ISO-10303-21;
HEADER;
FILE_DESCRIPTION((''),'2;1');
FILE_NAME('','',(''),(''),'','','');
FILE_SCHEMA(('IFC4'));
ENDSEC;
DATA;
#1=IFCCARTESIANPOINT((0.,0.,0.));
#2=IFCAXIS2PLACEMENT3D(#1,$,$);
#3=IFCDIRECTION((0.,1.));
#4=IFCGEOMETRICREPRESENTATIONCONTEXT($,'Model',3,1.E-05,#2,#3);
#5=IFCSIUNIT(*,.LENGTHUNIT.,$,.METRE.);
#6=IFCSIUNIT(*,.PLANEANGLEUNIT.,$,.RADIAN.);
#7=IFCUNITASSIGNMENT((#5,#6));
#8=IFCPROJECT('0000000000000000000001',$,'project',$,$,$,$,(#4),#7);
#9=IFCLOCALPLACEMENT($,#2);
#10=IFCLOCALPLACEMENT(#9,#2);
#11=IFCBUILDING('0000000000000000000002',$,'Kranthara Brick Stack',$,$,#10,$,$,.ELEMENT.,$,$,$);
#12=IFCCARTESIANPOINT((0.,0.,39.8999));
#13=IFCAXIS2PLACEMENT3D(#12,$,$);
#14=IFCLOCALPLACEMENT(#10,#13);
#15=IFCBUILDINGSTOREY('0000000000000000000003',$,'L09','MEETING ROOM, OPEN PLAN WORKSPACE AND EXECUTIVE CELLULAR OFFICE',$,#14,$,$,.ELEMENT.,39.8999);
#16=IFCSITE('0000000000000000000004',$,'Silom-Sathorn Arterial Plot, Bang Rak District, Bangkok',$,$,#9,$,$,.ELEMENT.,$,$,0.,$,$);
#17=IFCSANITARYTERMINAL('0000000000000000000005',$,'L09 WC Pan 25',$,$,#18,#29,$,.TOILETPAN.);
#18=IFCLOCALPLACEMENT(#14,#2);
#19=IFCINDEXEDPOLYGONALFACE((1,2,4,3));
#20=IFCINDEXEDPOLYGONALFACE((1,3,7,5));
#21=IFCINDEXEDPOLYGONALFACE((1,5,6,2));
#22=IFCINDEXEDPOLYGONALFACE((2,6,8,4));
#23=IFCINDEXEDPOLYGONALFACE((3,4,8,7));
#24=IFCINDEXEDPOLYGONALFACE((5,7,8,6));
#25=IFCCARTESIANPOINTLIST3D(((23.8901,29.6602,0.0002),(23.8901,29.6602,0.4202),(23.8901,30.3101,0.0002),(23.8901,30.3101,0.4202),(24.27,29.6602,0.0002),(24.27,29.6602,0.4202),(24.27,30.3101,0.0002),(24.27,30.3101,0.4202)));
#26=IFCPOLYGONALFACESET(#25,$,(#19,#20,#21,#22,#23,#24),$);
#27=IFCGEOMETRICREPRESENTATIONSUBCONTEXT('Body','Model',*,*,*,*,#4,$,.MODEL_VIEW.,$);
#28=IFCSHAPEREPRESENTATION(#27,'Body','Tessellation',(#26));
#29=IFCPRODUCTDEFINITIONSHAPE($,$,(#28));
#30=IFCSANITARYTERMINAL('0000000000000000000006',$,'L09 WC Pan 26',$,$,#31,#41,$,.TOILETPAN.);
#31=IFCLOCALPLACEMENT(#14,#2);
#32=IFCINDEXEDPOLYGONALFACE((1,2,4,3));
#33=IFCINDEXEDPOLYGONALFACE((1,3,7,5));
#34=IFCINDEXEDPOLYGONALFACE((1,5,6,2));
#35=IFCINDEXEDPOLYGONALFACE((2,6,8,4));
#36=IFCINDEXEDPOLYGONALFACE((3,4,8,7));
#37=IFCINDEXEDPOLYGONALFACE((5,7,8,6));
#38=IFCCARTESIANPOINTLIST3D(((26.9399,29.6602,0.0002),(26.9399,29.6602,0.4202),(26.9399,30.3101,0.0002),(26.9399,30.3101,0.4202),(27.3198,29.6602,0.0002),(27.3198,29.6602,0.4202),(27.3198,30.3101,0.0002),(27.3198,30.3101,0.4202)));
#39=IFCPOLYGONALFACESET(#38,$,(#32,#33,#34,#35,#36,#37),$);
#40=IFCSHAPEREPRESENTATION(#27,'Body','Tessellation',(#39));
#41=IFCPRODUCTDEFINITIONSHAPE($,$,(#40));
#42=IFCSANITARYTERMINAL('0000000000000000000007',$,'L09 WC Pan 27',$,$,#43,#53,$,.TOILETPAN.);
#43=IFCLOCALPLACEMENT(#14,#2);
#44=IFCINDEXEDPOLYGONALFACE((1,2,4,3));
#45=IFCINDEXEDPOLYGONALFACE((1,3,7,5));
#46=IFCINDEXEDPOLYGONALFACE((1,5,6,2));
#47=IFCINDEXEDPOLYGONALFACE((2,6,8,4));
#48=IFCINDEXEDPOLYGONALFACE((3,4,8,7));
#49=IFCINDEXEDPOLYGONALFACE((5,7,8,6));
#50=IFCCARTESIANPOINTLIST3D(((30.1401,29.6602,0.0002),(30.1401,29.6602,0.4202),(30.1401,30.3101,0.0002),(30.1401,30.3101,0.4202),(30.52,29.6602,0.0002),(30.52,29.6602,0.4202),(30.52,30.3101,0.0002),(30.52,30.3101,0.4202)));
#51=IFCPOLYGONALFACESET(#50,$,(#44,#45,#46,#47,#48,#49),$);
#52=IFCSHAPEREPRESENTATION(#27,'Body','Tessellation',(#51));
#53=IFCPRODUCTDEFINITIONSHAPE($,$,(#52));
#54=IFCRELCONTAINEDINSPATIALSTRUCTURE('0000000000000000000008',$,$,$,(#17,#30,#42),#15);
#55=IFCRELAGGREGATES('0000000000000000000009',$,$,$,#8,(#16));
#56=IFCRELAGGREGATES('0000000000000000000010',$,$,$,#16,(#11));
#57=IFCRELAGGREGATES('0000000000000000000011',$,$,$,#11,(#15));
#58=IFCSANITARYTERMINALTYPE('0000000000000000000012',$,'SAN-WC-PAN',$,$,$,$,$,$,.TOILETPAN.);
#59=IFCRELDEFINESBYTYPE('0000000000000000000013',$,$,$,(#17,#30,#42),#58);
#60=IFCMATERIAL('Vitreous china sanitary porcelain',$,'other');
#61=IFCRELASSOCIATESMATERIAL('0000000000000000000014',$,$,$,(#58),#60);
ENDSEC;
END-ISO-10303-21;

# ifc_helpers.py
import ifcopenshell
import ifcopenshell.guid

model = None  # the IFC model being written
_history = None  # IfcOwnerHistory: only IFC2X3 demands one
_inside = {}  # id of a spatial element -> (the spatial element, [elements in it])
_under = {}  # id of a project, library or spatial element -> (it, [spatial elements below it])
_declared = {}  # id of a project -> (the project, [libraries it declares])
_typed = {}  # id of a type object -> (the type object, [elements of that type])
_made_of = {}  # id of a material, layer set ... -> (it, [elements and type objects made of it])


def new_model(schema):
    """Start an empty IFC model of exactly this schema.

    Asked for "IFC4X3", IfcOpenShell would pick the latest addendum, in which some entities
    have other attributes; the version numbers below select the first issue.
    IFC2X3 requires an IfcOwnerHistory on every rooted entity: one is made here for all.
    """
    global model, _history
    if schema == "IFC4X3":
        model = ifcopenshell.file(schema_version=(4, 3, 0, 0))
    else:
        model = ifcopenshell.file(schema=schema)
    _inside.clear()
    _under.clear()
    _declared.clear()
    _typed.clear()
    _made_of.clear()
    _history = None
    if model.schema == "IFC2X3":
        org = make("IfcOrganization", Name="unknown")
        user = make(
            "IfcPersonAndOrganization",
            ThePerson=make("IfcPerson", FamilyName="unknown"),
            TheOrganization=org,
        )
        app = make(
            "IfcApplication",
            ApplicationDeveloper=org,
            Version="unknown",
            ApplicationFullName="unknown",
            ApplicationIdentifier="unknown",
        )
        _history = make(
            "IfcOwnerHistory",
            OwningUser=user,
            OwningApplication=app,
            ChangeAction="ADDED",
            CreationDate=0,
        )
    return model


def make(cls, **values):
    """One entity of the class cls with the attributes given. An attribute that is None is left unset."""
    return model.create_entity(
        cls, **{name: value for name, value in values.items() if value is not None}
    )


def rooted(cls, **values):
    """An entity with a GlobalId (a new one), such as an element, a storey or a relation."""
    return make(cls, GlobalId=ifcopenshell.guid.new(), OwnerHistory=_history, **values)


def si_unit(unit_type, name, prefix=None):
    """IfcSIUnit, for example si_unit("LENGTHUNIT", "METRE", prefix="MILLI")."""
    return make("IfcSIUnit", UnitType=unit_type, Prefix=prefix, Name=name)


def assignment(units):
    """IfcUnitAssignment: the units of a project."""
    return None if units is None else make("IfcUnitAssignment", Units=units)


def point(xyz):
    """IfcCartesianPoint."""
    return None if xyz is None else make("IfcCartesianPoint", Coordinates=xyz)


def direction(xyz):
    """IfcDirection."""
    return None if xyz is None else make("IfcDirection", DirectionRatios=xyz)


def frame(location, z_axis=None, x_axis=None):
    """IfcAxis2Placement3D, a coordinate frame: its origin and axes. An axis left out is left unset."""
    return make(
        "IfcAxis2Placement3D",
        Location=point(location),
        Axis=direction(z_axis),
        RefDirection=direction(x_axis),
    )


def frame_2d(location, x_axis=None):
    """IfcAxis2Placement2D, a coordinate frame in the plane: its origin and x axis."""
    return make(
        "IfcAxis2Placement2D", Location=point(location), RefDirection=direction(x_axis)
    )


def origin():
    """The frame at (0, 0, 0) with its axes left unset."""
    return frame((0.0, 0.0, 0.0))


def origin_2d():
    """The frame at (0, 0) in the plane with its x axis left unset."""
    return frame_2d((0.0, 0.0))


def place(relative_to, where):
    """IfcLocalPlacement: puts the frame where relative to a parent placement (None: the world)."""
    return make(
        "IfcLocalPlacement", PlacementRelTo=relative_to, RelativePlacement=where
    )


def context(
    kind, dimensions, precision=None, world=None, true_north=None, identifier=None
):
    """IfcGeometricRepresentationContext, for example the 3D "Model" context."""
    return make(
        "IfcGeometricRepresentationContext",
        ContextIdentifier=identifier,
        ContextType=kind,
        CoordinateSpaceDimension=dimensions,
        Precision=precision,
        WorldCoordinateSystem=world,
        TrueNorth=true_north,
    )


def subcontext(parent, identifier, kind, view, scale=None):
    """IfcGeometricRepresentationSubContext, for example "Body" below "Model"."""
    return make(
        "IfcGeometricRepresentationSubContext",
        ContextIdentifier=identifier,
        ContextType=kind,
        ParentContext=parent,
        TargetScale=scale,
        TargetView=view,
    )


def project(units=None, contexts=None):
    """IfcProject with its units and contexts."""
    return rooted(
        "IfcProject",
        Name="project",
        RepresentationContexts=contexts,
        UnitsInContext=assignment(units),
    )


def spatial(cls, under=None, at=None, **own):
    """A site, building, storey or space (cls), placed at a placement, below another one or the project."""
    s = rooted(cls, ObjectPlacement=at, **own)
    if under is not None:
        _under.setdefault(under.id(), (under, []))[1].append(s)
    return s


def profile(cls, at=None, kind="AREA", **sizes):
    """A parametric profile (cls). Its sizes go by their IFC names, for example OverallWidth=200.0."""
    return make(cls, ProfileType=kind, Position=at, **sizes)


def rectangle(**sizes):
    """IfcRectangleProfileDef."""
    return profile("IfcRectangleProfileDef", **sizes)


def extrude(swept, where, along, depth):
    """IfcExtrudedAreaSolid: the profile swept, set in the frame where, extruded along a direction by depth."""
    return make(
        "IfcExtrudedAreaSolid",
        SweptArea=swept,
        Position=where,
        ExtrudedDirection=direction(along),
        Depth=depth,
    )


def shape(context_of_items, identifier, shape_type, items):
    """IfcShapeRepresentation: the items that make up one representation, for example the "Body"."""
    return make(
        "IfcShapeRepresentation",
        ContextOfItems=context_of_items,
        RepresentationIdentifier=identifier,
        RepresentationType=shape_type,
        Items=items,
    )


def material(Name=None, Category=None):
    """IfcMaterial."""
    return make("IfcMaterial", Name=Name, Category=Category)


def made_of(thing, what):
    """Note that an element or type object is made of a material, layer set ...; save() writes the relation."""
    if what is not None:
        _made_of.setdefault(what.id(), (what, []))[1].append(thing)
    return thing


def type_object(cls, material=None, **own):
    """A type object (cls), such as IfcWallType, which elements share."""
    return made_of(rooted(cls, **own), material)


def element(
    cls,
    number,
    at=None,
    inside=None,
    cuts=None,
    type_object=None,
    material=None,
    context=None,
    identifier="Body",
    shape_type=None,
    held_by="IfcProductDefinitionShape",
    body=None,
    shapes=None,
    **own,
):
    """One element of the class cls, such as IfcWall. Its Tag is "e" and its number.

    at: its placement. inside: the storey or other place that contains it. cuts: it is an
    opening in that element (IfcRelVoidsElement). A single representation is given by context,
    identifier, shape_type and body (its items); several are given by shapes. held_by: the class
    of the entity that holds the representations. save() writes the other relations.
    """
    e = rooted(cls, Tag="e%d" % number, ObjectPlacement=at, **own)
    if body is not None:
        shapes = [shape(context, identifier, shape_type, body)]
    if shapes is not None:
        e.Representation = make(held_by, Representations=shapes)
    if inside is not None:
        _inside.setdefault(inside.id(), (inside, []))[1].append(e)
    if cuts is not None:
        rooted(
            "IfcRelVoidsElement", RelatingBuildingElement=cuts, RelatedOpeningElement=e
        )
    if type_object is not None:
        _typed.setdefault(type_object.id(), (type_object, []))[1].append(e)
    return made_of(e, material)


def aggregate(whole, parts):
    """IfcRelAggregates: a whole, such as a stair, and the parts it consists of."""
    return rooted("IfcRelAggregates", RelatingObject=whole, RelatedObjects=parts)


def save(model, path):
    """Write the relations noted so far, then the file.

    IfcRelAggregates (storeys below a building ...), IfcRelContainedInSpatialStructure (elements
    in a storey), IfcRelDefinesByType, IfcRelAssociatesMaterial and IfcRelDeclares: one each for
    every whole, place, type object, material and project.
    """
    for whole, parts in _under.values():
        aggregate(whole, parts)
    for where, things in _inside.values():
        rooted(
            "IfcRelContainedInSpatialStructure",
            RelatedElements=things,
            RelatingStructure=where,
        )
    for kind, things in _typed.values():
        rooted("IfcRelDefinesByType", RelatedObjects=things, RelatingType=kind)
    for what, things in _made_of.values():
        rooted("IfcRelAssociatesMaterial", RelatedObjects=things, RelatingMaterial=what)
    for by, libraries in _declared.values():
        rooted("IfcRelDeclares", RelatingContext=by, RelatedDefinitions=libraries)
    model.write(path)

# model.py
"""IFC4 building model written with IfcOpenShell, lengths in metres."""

from ifc_helpers import new_model, si_unit, direction, frame, origin, origin_2d, place, context, subcontext, project, spatial, rectangle, extrude, material, type_object, element, save


model = new_model("IFC4")

# Units and contexts
model_context = context("Model", 3, precision=1e-05, world=origin(), true_north=direction((0.0, 1.0)))
body_context = subcontext(model_context, "Body", "Model", "MODEL_VIEW")
ifc_project = project(units=[si_unit("LENGTHUNIT", "METRE"), si_unit("PLANEANGLEUNIT", "RADIAN")], contexts=[model_context])

# Site, building, storey
site_placement = place(None, origin())
site = spatial("IfcSite", under=ifc_project, at=site_placement, Name="Silom-Sathorn Arterial Plot, Bang Rak District, Bangkok", CompositionType="ELEMENT", RefElevation=0.0)
building_placement = place(site_placement, origin())
building = spatial("IfcBuilding", under=site, at=building_placement, Name="Kranthara Brick Stack", CompositionType="ELEMENT")
storey_placement = place(building_placement, frame((0.0, 0.0, 39.8999)))
storey = spatial("IfcBuildingStorey", under=building, at=storey_placement, Name="L09", Description="MEETING ROOM, OPEN PLAN WORKSPACE AND EXECUTIVE CELLULAR OFFICE", CompositionType="ELEMENT", Elevation=39.8999)

# Sanitary terminals
ifc_material_1 = material(Name="Vitreous china sanitary porcelain", Category="other")
sanitary_terminal_type_1 = type_object("IfcSanitaryTerminalType", Name="SAN-WC-PAN", PredefinedType="TOILETPAN", material=ifc_material_1)
for number, where, z_axis, x_axis, name in (
    (1, (24.0801, 29.9851, 0.0002), (0.0, 0.0, 1.0), (1.0, 0.0, 0.0), "L09 WC Pan 25"),
    (2, (27.1299, 29.9851, 0.0002), (0.0, 0.0, 1.0), (1.0, 0.0, 0.0), "L09 WC Pan 26"),
    (3, (30.3301, 29.9851, 0.0002), (0.0, 0.0, 1.0), (1.0, 0.0, 0.0), "L09 WC Pan 27"),
):
    element("IfcSanitaryTerminal", number, at=place(storey_placement, frame(where, z_axis=z_axis, x_axis=x_axis)), inside=storey, type_object=sanitary_terminal_type_1, Name=name, PredefinedType="TOILETPAN", context=body_context, shape_type="SweptSolid", body=[
        extrude(rectangle(XDim=0.3799, YDim=0.6499, at=origin_2d()), origin(), (0.0, 0.0, 1.0), 0.4199),
    ])

save(model, "model.ifc")
